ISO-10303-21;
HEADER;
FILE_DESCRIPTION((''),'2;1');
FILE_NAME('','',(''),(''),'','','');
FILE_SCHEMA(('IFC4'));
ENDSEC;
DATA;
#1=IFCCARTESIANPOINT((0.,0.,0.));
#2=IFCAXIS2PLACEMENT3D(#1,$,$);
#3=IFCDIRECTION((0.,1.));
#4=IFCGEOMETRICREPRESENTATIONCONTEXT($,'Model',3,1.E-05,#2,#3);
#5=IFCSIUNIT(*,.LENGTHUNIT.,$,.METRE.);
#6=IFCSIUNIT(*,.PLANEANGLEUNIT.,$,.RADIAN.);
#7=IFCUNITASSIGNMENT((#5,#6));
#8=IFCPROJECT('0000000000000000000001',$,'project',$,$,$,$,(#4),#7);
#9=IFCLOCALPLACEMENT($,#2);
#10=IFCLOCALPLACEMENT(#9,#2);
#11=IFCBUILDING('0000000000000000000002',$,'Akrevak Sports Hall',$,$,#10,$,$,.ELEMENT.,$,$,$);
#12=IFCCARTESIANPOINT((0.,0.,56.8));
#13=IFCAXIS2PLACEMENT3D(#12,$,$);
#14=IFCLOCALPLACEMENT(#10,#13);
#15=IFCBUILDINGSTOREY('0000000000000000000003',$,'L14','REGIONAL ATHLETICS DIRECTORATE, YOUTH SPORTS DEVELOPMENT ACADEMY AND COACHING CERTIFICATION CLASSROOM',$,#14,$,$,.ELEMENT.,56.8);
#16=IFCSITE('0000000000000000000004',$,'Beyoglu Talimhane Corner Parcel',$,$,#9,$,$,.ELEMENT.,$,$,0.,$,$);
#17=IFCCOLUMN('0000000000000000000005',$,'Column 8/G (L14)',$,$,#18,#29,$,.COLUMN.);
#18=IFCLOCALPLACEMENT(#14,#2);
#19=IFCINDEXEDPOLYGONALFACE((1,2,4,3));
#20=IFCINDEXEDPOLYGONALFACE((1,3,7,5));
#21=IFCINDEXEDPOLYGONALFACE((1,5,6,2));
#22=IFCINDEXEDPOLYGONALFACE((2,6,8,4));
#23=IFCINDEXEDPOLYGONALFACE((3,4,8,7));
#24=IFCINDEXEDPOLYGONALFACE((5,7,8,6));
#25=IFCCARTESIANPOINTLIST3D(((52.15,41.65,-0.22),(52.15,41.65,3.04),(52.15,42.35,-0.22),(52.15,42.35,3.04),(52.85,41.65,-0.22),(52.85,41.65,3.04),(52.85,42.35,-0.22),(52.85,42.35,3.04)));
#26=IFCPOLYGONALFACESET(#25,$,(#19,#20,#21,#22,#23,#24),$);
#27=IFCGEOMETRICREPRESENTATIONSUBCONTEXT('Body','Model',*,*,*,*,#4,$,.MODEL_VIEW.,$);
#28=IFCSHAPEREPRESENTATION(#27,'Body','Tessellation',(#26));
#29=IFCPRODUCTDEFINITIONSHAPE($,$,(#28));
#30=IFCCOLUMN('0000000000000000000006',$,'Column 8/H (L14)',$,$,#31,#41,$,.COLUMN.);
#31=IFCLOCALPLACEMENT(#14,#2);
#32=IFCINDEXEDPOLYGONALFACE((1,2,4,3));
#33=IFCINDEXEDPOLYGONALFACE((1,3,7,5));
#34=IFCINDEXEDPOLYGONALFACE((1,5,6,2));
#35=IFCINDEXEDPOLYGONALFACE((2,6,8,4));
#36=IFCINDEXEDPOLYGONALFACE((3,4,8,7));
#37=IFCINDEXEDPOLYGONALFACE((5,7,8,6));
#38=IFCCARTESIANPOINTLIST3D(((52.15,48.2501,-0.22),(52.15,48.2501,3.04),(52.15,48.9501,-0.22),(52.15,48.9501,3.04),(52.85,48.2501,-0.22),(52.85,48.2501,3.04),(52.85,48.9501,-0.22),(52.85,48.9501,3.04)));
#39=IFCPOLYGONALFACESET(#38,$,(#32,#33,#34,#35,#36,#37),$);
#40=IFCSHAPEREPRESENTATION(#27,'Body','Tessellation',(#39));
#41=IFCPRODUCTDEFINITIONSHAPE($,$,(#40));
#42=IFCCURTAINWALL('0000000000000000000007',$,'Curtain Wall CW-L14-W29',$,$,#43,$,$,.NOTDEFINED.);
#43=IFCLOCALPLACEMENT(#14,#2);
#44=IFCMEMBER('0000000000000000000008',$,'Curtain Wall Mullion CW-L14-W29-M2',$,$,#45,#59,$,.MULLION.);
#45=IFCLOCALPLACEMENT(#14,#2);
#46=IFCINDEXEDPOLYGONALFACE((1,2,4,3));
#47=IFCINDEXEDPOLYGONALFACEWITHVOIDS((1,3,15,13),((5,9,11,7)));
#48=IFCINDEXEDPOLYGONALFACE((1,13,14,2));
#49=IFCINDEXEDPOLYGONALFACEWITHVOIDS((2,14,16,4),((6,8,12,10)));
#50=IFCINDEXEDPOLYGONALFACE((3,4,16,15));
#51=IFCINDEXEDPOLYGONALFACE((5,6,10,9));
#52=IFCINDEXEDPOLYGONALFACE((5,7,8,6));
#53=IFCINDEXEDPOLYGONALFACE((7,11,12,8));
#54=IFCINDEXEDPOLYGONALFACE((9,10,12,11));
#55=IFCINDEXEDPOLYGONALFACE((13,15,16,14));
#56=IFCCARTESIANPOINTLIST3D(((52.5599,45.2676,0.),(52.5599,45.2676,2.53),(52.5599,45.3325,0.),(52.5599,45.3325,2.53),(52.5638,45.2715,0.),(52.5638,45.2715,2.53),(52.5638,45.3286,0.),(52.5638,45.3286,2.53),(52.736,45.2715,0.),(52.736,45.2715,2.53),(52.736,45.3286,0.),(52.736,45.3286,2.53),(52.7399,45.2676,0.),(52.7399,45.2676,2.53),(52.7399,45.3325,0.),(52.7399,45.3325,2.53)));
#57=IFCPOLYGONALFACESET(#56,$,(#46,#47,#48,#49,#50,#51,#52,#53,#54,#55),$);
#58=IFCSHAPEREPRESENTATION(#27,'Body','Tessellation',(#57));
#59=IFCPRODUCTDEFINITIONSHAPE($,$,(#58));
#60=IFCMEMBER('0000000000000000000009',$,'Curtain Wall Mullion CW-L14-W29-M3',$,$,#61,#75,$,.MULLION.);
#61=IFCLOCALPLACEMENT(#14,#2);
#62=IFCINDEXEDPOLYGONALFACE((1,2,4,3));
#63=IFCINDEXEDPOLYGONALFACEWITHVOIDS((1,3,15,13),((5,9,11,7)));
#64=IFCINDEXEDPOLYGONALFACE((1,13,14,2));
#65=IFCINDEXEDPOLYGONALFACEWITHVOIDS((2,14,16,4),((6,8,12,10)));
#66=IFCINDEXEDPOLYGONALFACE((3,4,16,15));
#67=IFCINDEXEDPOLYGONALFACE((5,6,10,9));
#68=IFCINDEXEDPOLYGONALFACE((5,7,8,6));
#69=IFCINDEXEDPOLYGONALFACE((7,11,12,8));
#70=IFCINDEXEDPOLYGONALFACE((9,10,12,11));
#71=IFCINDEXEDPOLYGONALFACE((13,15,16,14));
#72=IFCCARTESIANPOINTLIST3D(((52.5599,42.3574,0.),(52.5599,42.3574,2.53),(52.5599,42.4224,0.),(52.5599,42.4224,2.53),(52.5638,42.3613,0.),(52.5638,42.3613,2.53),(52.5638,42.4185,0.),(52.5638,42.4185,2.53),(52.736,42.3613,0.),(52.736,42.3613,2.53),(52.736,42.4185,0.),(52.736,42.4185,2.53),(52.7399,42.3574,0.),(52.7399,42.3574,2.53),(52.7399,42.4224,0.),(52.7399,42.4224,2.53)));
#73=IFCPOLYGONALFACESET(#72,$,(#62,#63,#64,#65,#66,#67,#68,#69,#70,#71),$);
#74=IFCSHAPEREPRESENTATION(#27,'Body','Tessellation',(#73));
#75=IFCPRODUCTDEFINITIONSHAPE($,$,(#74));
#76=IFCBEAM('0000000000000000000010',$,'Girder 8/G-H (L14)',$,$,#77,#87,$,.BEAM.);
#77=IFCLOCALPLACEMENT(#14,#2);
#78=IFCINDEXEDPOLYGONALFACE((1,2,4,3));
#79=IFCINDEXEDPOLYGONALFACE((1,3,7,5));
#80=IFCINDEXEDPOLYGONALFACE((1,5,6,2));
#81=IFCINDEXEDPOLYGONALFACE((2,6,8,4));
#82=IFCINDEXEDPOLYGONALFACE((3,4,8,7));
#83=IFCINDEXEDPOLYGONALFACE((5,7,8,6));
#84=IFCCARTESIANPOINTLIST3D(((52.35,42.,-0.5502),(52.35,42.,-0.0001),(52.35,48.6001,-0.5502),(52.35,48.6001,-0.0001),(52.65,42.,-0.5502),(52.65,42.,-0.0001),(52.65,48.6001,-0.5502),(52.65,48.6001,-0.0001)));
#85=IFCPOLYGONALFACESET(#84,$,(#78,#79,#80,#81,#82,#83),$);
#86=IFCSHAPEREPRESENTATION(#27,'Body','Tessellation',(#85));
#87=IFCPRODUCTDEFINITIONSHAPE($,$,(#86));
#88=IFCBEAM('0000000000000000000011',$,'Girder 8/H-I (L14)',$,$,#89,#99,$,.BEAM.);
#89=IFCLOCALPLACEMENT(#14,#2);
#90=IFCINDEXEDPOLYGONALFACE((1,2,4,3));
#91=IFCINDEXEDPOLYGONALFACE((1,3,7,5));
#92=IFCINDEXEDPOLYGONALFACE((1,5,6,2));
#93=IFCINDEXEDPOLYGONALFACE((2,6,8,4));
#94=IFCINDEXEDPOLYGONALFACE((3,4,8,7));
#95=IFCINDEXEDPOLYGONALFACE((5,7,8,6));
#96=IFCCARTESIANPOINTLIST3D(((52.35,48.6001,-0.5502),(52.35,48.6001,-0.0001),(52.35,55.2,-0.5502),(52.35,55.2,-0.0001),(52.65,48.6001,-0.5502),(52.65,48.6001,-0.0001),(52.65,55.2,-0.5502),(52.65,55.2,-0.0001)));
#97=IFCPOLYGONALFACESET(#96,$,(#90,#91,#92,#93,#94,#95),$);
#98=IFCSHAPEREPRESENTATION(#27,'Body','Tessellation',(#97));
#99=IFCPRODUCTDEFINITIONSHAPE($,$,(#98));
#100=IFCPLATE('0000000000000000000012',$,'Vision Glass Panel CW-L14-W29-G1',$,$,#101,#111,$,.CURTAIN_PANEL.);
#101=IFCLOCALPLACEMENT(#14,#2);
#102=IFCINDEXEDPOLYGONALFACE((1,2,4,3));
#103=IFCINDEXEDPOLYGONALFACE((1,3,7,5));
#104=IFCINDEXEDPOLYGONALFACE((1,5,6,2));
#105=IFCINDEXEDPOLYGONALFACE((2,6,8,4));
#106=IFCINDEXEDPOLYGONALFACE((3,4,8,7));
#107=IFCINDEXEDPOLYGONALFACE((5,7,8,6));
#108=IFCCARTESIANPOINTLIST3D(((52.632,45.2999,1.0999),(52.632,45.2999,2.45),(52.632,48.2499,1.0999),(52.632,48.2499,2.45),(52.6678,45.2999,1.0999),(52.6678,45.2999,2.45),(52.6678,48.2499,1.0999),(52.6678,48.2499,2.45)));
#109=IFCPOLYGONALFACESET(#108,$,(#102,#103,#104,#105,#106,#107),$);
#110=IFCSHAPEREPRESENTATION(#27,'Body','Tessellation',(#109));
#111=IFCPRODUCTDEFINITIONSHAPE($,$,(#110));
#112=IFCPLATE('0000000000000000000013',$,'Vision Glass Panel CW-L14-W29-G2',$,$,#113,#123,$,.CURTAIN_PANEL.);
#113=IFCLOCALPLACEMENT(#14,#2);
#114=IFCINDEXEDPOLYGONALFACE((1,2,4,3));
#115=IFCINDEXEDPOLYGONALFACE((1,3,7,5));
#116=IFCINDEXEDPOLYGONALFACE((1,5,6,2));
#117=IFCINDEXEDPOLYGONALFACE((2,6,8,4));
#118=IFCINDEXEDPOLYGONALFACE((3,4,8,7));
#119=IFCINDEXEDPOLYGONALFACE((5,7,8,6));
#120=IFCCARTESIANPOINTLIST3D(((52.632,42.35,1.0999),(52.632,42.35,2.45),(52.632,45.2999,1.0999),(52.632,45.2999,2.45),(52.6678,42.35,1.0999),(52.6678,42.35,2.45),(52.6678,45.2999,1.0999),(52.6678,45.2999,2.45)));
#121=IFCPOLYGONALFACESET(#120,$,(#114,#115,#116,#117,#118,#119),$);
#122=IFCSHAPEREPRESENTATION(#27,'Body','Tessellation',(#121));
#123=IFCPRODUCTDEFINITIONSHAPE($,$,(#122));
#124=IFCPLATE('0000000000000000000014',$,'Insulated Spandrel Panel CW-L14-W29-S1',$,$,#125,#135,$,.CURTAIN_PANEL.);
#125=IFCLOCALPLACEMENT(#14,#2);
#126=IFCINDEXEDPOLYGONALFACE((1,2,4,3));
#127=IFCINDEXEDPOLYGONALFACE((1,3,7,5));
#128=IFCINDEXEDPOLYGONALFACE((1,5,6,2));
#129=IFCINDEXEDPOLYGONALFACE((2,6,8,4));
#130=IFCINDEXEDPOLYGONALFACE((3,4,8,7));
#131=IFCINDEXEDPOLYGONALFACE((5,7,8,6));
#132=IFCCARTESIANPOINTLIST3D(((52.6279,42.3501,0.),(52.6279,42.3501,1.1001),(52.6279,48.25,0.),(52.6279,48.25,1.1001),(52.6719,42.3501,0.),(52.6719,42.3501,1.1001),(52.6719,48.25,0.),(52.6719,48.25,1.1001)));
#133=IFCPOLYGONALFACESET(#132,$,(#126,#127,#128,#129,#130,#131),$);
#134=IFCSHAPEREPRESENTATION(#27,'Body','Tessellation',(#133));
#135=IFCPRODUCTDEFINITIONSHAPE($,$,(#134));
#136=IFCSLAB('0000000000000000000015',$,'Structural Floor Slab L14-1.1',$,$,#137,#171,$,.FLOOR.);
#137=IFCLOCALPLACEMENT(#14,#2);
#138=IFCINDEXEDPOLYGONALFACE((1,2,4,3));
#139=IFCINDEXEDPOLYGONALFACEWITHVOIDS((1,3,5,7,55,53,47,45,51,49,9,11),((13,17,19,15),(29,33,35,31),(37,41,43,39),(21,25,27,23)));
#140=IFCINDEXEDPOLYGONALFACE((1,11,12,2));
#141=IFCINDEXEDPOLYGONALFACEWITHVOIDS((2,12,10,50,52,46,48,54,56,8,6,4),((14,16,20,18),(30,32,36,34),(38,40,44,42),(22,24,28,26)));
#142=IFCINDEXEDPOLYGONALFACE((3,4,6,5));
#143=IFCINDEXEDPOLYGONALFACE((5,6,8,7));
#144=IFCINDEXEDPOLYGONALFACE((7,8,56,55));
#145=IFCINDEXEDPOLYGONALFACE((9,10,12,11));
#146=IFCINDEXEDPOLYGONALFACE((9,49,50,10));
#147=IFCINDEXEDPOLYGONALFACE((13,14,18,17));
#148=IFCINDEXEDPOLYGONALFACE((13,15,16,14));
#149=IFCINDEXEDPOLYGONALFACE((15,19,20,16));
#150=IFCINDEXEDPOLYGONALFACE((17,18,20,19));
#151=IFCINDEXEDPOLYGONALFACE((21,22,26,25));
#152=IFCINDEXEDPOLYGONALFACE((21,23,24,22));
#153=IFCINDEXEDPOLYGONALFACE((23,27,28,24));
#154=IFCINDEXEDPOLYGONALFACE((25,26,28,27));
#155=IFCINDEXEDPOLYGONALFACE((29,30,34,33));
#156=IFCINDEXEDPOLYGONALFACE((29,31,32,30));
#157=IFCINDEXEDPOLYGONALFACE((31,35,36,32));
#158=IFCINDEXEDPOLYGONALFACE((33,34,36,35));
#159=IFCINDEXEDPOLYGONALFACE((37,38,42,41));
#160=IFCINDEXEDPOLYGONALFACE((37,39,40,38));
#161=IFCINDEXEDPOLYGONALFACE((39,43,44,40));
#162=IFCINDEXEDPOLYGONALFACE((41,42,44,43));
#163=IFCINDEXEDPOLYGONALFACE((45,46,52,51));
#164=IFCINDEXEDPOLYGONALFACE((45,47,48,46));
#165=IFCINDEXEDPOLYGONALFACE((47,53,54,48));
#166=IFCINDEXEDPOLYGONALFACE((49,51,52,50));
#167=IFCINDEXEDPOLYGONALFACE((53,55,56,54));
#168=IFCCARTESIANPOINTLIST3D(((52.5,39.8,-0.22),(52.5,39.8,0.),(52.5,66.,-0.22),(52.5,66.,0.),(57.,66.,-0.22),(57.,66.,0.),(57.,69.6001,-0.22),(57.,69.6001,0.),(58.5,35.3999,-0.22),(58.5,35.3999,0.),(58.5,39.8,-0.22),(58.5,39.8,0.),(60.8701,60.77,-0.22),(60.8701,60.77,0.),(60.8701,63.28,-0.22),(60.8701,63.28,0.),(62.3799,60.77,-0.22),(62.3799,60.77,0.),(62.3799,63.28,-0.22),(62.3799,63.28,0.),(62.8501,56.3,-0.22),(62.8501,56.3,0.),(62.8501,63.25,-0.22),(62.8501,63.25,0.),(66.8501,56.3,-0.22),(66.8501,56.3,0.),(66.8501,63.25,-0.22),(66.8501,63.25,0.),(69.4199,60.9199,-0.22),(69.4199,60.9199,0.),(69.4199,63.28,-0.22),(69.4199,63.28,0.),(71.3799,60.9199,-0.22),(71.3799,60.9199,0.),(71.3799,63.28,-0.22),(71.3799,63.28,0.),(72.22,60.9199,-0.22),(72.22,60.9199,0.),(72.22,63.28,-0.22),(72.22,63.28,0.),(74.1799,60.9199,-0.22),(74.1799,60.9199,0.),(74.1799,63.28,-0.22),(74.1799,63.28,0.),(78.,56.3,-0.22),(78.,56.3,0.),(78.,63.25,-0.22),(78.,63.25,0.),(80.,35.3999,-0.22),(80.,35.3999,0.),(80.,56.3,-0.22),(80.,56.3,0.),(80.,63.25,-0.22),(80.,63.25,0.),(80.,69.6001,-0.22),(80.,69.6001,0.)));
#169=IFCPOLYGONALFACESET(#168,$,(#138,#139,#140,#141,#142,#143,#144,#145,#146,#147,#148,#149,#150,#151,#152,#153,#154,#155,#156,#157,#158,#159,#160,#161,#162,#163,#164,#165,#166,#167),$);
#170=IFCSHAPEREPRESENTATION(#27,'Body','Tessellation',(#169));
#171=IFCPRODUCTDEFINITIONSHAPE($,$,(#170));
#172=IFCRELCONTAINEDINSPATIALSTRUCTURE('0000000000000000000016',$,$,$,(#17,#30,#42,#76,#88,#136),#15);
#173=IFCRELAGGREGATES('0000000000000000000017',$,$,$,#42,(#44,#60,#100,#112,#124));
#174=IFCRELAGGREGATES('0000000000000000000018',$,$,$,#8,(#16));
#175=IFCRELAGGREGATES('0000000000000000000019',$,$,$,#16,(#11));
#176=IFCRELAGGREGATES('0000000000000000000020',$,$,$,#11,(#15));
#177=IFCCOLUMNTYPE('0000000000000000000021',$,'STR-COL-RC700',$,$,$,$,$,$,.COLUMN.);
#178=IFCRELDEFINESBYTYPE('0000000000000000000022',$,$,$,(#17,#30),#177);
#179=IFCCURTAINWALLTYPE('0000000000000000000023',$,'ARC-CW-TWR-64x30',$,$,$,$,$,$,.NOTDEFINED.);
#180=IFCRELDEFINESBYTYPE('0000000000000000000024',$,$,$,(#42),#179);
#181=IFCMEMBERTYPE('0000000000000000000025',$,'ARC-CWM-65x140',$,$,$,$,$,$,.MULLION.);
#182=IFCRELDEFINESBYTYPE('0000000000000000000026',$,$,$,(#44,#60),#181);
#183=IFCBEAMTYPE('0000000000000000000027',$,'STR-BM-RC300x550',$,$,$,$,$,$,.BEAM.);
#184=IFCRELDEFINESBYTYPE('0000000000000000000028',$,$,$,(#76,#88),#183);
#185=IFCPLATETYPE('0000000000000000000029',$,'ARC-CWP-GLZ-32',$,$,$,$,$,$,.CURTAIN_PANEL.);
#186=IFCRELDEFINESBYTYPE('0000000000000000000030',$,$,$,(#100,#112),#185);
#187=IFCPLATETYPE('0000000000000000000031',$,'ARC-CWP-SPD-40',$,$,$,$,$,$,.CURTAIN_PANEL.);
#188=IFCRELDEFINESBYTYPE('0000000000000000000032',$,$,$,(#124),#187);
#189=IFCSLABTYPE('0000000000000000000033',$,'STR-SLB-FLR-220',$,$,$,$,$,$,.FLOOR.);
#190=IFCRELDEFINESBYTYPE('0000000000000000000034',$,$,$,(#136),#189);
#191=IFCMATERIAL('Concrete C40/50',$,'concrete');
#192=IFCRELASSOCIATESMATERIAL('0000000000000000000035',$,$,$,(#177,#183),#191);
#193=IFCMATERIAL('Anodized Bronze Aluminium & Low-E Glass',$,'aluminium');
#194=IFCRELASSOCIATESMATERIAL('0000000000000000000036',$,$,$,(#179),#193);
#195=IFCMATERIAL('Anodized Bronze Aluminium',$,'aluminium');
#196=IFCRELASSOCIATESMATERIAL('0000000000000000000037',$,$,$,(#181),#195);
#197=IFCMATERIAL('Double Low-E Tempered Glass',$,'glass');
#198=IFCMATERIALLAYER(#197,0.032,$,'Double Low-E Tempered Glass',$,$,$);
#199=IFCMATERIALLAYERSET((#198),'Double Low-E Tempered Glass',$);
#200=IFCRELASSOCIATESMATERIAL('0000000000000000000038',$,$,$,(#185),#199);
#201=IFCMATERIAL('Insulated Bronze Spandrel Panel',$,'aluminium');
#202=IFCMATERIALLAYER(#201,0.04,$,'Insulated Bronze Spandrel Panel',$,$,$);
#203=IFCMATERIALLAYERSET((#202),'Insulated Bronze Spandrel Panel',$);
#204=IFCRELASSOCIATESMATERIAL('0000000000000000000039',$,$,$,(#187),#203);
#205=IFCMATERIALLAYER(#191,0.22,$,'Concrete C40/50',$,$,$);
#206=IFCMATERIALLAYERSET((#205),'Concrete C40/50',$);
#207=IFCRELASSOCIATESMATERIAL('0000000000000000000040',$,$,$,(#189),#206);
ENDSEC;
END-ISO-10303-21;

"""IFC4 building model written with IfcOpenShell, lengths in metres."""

from ifc_helpers import new_model, si_unit, direction, frame, origin, origin_2d, place, context, subcontext, project, spatial, polyline, rectangle, hollow_rectangle, outline, extrude, material, layer, layer_set, material_profile, profile_set, type_object, element, aggregate, save


model = new_model("IFC4")

# Units and contexts
model_context = context("Model", 3, precision=1e-05, world=origin(), true_north=direction((0.0, 1.0)))
body_context = subcontext(model_context, "Body", "Model", "MODEL_VIEW")
ifc_project = project(units=[si_unit("LENGTHUNIT", "METRE"), si_unit("PLANEANGLEUNIT", "RADIAN")], contexts=[model_context])

# Site, building, storey
site_placement = place(None, origin())
site = spatial("IfcSite", under=ifc_project, at=site_placement, Name="Beyoglu Talimhane Corner Parcel", CompositionType="ELEMENT", RefElevation=0.0)
building_placement = place(site_placement, origin())
building = spatial("IfcBuilding", under=site, at=building_placement, Name="Akrevak Sports Hall", CompositionType="ELEMENT")
storey_placement = place(building_placement, frame((0.0, 0.0, 56.8)))
storey = spatial("IfcBuildingStorey", under=building, at=storey_placement, Name="L14", Description="REGIONAL ATHLETICS DIRECTORATE, YOUTH SPORTS DEVELOPMENT ACADEMY AND COACHING CERTIFICATION CLASSROOM", CompositionType="ELEMENT", Elevation=56.8)

# Columns
ifc_material_1 = material(Name="Concrete C40/50", Category="concrete")
ifc_material_profile_1 = material_profile(ifc_material_1, rectangle(XDim=0.7, YDim=0.7, at=origin_2d()), Name="RC 700x700", Category="concrete")
ifc_profile_set_1 = profile_set([ifc_material_profile_1], Name="Concrete C40/50")
column_type = type_object("IfcColumnType", Name="STR-COL-RC700", PredefinedType="COLUMN", material=ifc_profile_set_1)
for number, where, z_axis, x_axis, name in (
    (1, (52.5, 42.0, -0.22), (0.0, 0.0, 1.0), (1.0, 0.0, 0.0), "Column 8/G (L14)"),
    (2, (52.5, 48.6001, -0.22), (0.0, 0.0, 1.0), (1.0, 0.0, 0.0), "Column 8/H (L14)"),
):
    element("IfcColumn", number, at=place(storey_placement, frame(where, z_axis=z_axis, x_axis=x_axis)), inside=storey, type_object=column_type, Name=name, PredefinedType="COLUMN", context=body_context, shape_type="SweptSolid", body=[
        extrude(rectangle(XDim=0.7, YDim=0.7, at=origin_2d()), origin(), (0.0, 0.0, 1.0), 3.26),
    ])

# Curtain wall, members
ifc_material_2 = material(Name="Anodized Bronze Aluminium & Low-E Glass", Category="aluminium")
curtain_wall_type = type_object("IfcCurtainWallType", Name="ARC-CW-TWR-64x30", PredefinedType="NOTDEFINED", material=ifc_material_2)
curtain_wall_placement = place(storey_placement, origin())
curtain_wall = element("IfcCurtainWall", 3, at=curtain_wall_placement, inside=storey, type_object=curtain_wall_type, Name="Curtain Wall CW-L14-W29", PredefinedType="NOTDEFINED")
ifc_material_3 = material(Name="Anodized Bronze Aluminium", Category="aluminium")
ifc_material_profile_2 = material_profile(ifc_material_3, hollow_rectangle(XDim=0.0649, YDim=0.1799, WallThickness=0.0039, at=origin_2d()), Name="CWM 65x180", Category="aluminium")
ifc_profile_set_2 = profile_set([ifc_material_profile_2], Name="Anodized Bronze Aluminium")
member_type = type_object("IfcMemberType", Name="ARC-CWM-65x140", PredefinedType="MULLION", material=ifc_profile_set_2)
member_1_placement = place(storey_placement, frame((52.6499, 45.3, 0.0), z_axis=(0.0, 0.0, 1.0), x_axis=(0.0, -1.0, 0.0)))
member_1 = element("IfcMember", 4, at=member_1_placement, type_object=member_type, Name="Curtain Wall Mullion CW-L14-W29-M2", PredefinedType="MULLION", context=body_context, shape_type="SweptSolid", body=[
    extrude(hollow_rectangle(XDim=0.0649, YDim=0.1799, WallThickness=0.0039, at=origin_2d()), origin(), (0.0, 0.0, 1.0), 2.53),
])
member_2_placement = place(storey_placement, frame((52.6499, 42.3899, 0.0), z_axis=(0.0, 0.0, 1.0), x_axis=(0.0, -1.0, 0.0)))
member_2 = element("IfcMember", 5, at=member_2_placement, type_object=member_type, Name="Curtain Wall Mullion CW-L14-W29-M3", PredefinedType="MULLION", context=body_context, shape_type="SweptSolid", body=[
    extrude(hollow_rectangle(XDim=0.0649, YDim=0.1799, WallThickness=0.0039, at=origin_2d()), origin(), (0.0, 0.0, 1.0), 2.53),
])

# Beams
ifc_material_profile_3 = material_profile(ifc_material_1, rectangle(XDim=0.3, YDim=0.55, at=origin_2d()), Name="BM 300x550", Category="concrete")
ifc_profile_set_3 = profile_set([ifc_material_profile_3], Name="Concrete C40/50")
beam_type = type_object("IfcBeamType", Name="STR-BM-RC300x550", PredefinedType="BEAM", material=ifc_profile_set_3)
beam_1_placement = place(storey_placement, frame((52.5, 42.0, -0.2751), z_axis=(0.0, 1.0, 0.0), x_axis=(-1.0, 0.0, 0.0)))
element("IfcBeam", 6, at=beam_1_placement, inside=storey, type_object=beam_type, Name="Girder 8/G-H (L14)", PredefinedType="BEAM", context=body_context, shape_type="SweptSolid", body=[
    extrude(rectangle(XDim=0.3, YDim=0.55, at=origin_2d()), origin(), (0.0, 0.0, 1.0), 6.6001),
])
beam_2_placement = place(storey_placement, frame((52.5, 48.6001, -0.2751), z_axis=(0.0, 1.0, 0.0), x_axis=(-1.0, 0.0, 0.0)))
element("IfcBeam", 7, at=beam_2_placement, inside=storey, type_object=beam_type, Name="Girder 8/H-I (L14)", PredefinedType="BEAM", context=body_context, shape_type="SweptSolid", body=[
    extrude(rectangle(XDim=0.3, YDim=0.55, at=origin_2d()), origin(), (0.0, 0.0, 1.0), 6.5999),
])

# Plates
ifc_material_4 = material(Name="Double Low-E Tempered Glass", Category="glass")
ifc_layer_1 = layer(ifc_material_4, 0.032, Name="Double Low-E Tempered Glass")
ifc_layer_set_1 = layer_set([ifc_layer_1], Name="Double Low-E Tempered Glass")
plate_type_1 = type_object("IfcPlateType", Name="ARC-CWP-GLZ-32", PredefinedType="CURTAIN_PANEL", material=ifc_layer_set_1)
plate_1_placement = place(storey_placement, frame((52.6499, 46.7749, 1.0999), z_axis=(0.0, 0.0, 1.0), x_axis=(0.0, -1.0, 0.0)))
plate_1 = element("IfcPlate", 8, at=plate_1_placement, type_object=plate_type_1, Name="Vision Glass Panel CW-L14-W29-G1", PredefinedType="CURTAIN_PANEL", context=body_context, shape_type="SweptSolid", body=[
    extrude(rectangle(XDim=2.95, YDim=0.0359, at=origin_2d()), origin(), (0.0, 0.0, 1.0), 1.3501),
])
plate_2_placement = place(storey_placement, frame((52.6499, 43.825, 1.0999), z_axis=(0.0, 0.0, 1.0), x_axis=(0.0, -1.0, 0.0)))
plate_2 = element("IfcPlate", 9, at=plate_2_placement, type_object=plate_type_1, Name="Vision Glass Panel CW-L14-W29-G2", PredefinedType="CURTAIN_PANEL", context=body_context, shape_type="SweptSolid", body=[
    extrude(rectangle(XDim=2.95, YDim=0.0359, at=origin_2d()), origin(), (0.0, 0.0, 1.0), 1.3501),
])
ifc_material_5 = material(Name="Insulated Bronze Spandrel Panel", Category="aluminium")
ifc_layer_2 = layer(ifc_material_5, 0.04, Name="Insulated Bronze Spandrel Panel")
ifc_layer_set_2 = layer_set([ifc_layer_2], Name="Insulated Bronze Spandrel Panel")
plate_type_2 = type_object("IfcPlateType", Name="ARC-CWP-SPD-40", PredefinedType="CURTAIN_PANEL", material=ifc_layer_set_2)
plate_3_placement = place(storey_placement, frame((52.6499, 45.3, 0.0), z_axis=(0.0, 0.0, 1.0), x_axis=(0.0, -1.0, 0.0)))
plate_3 = element("IfcPlate", 10, at=plate_3_placement, type_object=plate_type_2, Name="Insulated Spandrel Panel CW-L14-W29-S1", PredefinedType="CURTAIN_PANEL", context=body_context, shape_type="SweptSolid", body=[
    extrude(rectangle(XDim=5.8999, YDim=0.0439, at=origin_2d()), origin(), (0.0, 0.0, 1.0), 1.1001),
])
aggregate(curtain_wall, [member_1, member_2, plate_1, plate_2, plate_3])

# Slab
ifc_layer_3 = layer(ifc_material_1, 0.22, Name="Concrete C40/50")
ifc_layer_set_3 = layer_set([ifc_layer_3], Name="Concrete C40/50")
slab_type_1 = type_object("IfcSlabType", Name="STR-SLB-FLR-220", PredefinedType="FLOOR", material=ifc_layer_set_3)
slab_1_placement = place(storey_placement, frame((0.0, 0.0, -0.22)))
element("IfcSlab", 11, at=slab_1_placement, inside=storey, type_object=slab_type_1, Name="Structural Floor Slab L14-1.1", PredefinedType="FLOOR", context=body_context, shape_type="SweptSolid", body=[
    extrude(outline(polyline([(58.5, 39.8), (58.5, 35.3999), (80.0, 35.3999), (80.0, 56.3), (78.0, 56.3), (78.0, 63.25), (80.0, 63.25), (80.0, 69.6001), (57.0, 69.6001), (57.0, 66.0), (52.5, 66.0), (52.5, 39.8), (58.5, 39.8)]), holes=[polyline([(62.8501, 63.25), (66.8501, 63.25), (66.8501, 56.3), (62.8501, 56.3), (62.8501, 63.25)]), polyline([(60.8701, 63.28), (62.3799, 63.28), (62.3799, 60.77), (60.8701, 60.77), (60.8701, 63.28)]), polyline([(69.4199, 63.28), (71.3799, 63.28), (71.3799, 60.9199), (69.4199, 60.9199), (69.4199, 63.28)]), polyline([(72.22, 63.28), (74.1799, 63.28), (74.1799, 60.9199), (72.22, 60.9199), (72.22, 63.28)])]), origin(), (0.0, 0.0, 1.0), 0.22),
])

save(model, "model.ifc")
